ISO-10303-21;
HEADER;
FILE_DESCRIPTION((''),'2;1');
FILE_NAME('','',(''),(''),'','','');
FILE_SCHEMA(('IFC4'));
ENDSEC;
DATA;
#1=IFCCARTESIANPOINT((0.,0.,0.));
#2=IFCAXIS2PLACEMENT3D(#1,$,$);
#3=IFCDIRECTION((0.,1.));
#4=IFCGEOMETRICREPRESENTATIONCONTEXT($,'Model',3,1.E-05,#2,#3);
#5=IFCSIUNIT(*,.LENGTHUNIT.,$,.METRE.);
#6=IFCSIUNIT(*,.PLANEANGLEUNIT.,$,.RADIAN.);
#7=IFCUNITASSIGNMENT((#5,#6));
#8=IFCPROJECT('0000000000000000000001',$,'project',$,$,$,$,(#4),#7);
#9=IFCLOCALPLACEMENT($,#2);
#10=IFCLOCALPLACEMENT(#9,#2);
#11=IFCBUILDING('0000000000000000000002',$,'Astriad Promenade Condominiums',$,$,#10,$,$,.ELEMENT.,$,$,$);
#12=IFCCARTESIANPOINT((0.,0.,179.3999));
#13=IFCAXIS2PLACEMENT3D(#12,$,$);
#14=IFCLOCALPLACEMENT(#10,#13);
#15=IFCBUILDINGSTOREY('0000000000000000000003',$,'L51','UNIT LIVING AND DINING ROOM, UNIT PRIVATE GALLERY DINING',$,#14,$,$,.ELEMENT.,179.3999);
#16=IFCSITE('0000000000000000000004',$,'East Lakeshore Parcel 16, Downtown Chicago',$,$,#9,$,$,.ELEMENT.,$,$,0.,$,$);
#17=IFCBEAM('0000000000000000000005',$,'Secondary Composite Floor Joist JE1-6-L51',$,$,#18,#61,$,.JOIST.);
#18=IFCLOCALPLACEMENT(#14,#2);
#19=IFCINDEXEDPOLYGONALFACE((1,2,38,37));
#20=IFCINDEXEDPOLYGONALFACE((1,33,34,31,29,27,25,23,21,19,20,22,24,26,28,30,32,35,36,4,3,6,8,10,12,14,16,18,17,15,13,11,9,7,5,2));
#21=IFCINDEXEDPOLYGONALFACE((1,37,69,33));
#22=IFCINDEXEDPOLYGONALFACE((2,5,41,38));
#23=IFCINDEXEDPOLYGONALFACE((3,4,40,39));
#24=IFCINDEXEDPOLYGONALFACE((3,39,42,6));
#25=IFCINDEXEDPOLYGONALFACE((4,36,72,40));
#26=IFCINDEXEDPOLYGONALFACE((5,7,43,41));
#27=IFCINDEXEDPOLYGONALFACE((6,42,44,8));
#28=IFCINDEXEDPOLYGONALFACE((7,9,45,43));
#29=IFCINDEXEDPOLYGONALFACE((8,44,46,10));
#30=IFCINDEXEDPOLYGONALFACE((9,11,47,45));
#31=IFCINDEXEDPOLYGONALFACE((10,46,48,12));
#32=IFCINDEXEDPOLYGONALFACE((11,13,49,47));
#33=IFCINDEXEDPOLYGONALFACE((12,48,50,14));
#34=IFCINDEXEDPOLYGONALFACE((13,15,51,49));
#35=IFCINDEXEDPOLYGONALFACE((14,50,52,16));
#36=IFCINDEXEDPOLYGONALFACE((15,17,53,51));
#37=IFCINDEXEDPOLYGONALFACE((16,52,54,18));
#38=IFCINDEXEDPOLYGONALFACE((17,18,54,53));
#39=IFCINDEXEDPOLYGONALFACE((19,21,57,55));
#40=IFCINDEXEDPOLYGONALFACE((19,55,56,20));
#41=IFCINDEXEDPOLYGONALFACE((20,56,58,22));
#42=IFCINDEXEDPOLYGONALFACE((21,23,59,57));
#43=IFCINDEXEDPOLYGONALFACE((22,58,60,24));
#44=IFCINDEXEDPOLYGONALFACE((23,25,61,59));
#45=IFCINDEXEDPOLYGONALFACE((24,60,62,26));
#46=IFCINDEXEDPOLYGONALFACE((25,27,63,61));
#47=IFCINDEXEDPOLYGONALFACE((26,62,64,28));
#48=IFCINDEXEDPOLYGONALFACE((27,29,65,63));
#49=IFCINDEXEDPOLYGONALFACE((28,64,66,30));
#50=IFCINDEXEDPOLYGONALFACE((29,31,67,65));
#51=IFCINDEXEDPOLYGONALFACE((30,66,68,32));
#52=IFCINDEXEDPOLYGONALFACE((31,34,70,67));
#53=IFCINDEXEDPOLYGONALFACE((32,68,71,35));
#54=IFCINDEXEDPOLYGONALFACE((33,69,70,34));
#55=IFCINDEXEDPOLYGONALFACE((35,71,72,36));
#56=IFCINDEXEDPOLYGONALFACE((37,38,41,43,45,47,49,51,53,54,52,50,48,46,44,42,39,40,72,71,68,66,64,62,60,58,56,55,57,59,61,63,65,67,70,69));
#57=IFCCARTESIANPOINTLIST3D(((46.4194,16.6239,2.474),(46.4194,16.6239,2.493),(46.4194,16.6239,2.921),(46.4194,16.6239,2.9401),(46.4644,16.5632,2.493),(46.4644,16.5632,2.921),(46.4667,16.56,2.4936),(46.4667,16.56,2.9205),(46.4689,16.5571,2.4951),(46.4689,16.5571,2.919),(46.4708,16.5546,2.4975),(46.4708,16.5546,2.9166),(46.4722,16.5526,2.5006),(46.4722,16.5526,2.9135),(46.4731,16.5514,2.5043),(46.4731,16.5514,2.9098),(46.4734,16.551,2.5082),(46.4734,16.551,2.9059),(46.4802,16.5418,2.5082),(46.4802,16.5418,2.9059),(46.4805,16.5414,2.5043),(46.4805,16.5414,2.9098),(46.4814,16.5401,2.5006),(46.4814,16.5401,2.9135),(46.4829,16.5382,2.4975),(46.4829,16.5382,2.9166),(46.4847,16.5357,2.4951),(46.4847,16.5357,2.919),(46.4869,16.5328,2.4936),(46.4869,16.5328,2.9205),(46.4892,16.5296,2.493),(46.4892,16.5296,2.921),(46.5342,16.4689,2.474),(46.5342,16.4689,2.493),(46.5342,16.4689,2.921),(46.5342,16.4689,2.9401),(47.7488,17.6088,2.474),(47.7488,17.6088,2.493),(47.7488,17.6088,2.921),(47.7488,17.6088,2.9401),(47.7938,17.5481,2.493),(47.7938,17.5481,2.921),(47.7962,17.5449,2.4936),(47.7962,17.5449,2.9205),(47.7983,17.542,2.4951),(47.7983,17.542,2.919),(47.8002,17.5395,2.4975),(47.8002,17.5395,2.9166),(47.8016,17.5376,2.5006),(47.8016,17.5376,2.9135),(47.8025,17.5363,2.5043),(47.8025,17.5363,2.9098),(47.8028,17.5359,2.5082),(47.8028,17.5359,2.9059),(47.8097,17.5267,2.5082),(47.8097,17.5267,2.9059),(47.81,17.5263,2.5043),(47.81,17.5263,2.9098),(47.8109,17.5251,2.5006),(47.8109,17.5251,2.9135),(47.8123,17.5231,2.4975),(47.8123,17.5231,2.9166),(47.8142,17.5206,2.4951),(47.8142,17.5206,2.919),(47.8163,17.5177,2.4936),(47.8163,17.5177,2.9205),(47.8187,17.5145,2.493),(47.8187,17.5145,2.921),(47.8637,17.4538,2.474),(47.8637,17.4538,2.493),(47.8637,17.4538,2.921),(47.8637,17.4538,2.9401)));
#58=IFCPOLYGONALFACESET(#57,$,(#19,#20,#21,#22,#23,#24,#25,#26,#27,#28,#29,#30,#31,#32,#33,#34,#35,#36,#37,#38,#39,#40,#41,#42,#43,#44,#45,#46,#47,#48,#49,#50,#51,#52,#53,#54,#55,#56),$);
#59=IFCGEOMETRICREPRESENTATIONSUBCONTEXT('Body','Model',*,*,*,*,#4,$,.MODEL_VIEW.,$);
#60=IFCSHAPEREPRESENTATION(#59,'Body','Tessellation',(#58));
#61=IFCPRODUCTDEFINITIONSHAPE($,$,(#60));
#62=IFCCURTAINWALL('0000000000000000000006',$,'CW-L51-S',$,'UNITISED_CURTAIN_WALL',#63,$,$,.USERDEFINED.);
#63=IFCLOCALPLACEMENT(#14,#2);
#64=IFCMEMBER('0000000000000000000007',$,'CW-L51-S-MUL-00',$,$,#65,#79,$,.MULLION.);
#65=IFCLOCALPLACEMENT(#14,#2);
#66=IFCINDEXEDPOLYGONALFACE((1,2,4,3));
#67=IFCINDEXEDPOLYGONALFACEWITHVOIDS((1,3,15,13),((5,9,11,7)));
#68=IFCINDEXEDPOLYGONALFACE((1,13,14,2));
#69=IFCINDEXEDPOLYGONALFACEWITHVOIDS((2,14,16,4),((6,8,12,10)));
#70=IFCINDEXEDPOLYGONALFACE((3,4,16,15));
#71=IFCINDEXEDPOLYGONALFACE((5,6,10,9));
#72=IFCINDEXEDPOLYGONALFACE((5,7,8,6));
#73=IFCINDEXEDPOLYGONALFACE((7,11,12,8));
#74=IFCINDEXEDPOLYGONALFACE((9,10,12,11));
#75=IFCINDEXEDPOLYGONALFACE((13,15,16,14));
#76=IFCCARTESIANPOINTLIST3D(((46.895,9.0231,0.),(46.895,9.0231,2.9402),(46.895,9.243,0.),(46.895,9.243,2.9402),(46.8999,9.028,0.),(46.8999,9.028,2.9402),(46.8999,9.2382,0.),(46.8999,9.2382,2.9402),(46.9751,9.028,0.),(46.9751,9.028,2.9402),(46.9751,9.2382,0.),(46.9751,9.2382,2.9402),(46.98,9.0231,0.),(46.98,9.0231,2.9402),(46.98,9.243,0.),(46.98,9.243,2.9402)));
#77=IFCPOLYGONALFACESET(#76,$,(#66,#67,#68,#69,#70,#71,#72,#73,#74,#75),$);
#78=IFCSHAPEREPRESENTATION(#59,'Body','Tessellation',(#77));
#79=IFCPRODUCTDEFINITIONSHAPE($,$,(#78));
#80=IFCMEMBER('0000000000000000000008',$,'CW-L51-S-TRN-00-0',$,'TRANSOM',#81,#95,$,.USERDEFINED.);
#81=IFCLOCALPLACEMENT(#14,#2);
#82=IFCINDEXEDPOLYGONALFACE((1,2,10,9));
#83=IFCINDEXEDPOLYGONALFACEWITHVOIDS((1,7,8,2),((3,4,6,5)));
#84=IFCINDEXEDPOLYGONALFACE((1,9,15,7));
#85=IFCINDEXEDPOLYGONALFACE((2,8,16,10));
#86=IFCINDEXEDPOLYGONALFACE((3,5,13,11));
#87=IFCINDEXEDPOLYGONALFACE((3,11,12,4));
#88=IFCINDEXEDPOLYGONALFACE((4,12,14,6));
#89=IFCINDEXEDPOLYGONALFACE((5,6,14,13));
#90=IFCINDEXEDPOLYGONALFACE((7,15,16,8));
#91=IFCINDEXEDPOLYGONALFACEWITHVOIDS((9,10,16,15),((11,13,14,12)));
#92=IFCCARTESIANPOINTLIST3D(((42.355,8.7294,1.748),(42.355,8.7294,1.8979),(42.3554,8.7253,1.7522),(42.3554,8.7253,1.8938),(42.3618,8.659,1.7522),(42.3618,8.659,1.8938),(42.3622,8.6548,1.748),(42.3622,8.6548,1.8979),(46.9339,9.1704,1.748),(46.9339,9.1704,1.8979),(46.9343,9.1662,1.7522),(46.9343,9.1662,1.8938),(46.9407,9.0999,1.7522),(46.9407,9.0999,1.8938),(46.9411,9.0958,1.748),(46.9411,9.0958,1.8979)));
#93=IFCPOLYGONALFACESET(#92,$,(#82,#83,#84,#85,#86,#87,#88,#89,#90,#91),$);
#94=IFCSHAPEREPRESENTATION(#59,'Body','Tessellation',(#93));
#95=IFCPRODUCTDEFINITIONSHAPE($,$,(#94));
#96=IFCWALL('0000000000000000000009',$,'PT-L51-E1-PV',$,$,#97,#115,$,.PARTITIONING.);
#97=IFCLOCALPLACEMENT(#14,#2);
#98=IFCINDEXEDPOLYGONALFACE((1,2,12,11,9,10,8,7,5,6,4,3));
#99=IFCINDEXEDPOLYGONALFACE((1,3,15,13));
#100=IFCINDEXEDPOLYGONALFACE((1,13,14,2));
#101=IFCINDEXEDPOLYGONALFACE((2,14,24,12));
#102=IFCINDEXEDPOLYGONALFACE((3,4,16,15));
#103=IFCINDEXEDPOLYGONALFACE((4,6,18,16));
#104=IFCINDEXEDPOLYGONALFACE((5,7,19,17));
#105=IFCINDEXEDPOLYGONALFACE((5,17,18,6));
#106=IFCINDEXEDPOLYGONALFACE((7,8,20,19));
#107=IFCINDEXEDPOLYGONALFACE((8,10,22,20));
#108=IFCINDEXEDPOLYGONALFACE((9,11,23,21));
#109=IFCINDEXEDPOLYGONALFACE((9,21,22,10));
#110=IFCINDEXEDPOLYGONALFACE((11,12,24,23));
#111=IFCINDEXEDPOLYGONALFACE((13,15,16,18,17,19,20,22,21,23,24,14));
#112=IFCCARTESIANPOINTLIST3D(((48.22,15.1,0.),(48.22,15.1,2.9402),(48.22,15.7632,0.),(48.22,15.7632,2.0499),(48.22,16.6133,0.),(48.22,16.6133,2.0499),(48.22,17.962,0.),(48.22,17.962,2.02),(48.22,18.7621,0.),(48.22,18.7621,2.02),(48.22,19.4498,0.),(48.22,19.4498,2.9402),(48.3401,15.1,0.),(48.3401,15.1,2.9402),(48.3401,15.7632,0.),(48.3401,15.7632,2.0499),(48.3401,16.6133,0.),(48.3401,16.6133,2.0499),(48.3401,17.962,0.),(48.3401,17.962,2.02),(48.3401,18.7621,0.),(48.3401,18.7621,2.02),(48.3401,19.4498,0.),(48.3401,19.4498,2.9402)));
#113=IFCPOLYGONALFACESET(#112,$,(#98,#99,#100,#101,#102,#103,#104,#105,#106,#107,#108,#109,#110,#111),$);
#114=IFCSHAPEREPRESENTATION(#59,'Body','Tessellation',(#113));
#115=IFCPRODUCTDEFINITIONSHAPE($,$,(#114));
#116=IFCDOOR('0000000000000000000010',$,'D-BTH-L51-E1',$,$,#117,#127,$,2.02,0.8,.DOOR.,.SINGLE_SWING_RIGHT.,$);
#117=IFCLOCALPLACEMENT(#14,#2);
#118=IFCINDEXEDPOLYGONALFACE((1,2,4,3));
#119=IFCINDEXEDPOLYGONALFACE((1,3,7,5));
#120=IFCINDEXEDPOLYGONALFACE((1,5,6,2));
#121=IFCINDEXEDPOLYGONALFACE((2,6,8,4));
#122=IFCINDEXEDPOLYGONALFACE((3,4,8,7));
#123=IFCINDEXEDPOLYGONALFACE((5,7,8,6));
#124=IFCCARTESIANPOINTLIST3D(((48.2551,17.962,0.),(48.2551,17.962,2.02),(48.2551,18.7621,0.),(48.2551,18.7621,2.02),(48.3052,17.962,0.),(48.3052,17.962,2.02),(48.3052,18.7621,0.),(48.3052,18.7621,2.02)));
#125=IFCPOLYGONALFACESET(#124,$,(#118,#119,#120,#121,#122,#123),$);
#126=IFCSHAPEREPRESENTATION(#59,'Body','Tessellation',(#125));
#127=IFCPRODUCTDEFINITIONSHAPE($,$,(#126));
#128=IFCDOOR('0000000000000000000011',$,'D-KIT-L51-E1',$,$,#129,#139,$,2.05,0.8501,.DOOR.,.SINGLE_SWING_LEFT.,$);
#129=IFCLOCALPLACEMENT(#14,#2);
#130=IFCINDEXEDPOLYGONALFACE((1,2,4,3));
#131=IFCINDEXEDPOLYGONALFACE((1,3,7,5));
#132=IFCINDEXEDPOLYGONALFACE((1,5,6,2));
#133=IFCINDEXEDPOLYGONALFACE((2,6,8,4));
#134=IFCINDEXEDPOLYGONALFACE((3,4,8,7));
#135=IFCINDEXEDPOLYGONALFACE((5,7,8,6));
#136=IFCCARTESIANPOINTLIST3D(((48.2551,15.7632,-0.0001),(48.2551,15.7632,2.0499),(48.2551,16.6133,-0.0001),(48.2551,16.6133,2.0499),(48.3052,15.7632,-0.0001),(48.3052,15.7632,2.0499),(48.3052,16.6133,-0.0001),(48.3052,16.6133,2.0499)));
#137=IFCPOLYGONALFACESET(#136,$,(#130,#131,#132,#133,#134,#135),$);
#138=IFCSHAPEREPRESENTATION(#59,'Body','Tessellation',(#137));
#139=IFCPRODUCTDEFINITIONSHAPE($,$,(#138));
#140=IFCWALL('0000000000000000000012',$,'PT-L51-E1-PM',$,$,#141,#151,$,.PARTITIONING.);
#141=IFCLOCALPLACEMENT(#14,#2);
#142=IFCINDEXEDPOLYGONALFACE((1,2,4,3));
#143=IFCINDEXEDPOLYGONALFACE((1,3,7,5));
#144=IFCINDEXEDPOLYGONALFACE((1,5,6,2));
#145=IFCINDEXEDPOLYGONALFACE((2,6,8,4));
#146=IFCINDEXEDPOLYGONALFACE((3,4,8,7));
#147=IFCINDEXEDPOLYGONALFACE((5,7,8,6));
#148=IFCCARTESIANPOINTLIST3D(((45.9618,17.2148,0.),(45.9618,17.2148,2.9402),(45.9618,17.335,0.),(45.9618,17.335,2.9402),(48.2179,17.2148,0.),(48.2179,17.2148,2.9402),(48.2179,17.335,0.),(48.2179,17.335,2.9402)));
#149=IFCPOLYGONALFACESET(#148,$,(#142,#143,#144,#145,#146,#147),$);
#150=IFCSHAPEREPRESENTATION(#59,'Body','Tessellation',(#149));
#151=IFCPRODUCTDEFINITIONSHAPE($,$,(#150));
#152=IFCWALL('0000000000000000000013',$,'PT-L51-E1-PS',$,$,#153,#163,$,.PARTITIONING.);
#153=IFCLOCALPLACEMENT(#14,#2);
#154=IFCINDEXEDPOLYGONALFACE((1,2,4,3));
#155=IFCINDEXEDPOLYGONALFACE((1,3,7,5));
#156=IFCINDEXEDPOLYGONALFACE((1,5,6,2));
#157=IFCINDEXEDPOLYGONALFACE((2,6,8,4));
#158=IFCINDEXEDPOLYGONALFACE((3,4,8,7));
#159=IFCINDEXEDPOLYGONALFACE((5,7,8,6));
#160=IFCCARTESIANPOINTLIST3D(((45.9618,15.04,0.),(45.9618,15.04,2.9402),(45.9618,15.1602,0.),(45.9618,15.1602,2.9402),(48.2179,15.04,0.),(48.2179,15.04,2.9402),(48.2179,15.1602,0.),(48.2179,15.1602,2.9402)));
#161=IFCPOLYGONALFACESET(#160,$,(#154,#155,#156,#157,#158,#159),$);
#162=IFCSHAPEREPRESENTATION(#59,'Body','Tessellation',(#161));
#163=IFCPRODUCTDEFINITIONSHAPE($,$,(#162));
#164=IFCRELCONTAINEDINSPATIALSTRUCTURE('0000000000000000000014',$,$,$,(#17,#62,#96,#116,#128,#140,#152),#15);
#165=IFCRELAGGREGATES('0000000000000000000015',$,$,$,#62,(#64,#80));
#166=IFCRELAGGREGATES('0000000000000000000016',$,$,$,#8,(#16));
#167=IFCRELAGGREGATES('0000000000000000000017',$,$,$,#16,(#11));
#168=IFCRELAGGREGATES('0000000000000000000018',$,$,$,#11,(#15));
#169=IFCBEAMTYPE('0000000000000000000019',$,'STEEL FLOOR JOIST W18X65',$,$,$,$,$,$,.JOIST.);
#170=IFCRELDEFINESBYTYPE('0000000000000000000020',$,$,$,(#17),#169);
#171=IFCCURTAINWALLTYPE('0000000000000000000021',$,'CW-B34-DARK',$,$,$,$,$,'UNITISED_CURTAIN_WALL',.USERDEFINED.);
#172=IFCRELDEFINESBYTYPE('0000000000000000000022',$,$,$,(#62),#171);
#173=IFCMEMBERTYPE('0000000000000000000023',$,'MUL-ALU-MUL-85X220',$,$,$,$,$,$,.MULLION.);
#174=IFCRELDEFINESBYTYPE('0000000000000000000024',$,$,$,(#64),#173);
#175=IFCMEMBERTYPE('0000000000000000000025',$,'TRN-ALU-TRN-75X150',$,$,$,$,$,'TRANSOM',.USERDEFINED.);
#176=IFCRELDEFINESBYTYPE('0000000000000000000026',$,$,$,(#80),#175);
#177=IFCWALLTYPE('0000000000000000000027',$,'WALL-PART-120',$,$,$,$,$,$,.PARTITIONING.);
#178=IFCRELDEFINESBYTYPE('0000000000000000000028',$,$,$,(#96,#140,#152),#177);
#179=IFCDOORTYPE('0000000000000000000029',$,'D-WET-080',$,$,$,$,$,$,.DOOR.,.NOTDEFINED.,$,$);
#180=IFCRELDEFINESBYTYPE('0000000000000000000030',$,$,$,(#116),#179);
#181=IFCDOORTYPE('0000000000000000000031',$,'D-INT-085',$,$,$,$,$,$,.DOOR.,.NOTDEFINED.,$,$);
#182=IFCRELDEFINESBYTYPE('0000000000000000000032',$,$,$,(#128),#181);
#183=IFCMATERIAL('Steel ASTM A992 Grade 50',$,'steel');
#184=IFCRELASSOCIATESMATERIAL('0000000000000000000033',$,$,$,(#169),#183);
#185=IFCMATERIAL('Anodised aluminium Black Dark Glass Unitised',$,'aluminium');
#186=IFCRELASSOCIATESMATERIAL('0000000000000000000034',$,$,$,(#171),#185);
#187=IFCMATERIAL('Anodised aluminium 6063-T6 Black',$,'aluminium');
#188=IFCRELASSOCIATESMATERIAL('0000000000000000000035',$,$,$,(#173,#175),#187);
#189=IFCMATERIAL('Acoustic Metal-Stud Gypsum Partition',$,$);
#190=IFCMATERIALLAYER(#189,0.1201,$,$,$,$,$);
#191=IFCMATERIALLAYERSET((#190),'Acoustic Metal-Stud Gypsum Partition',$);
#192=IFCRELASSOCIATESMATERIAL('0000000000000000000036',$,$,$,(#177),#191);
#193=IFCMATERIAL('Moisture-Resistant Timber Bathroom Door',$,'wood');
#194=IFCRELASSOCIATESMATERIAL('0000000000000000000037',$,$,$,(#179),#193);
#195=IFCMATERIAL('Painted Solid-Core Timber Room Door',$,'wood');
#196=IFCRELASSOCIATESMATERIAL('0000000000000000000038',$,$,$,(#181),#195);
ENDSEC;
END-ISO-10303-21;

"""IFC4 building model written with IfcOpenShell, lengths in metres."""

from ifc_helpers import new_model, si_unit, direction, frame, frame_2d, origin, origin_2d, place, context, subcontext, project, spatial, rectangle, hollow_rectangle, i_section, extrude, source, transform, mapped, material, layer, layer_set, material_profile, profile_set, type_object, type_shapes, element, fill, aggregate, save


model = new_model("IFC4")

# Units and contexts
model_context = context("Model", 3, precision=1e-05, world=origin(), true_north=direction((0.0, 1.0)))
body_context = subcontext(model_context, "Body", "Model", "MODEL_VIEW")
ifc_project = project(units=[si_unit("LENGTHUNIT", "METRE"), si_unit("PLANEANGLEUNIT", "RADIAN")], contexts=[model_context])

# Site, building, storey
site_placement = place(None, origin())
site = spatial("IfcSite", under=ifc_project, at=site_placement, Name="East Lakeshore Parcel 16, Downtown Chicago", CompositionType="ELEMENT", RefElevation=0.0)
building_placement = place(site_placement, origin())
building = spatial("IfcBuilding", under=site, at=building_placement, Name="Astriad Promenade Condominiums", CompositionType="ELEMENT")
storey_placement = place(building_placement, frame((0.0, 0.0, 179.3999)))
storey = spatial("IfcBuildingStorey", under=building, at=storey_placement, Name="L51", Description="UNIT LIVING AND DINING ROOM, UNIT PRIVATE GALLERY DINING", CompositionType="ELEMENT", Elevation=179.3999)

# Beam
ifc_material_1 = material(Name="Steel ASTM A992 Grade 50", Category="steel")
ifc_material_profile_1 = material_profile(ifc_material_1, i_section(OverallWidth=0.1929, OverallDepth=0.4661, WebThickness=0.0115, FlangeThickness=0.019, FilletRadius=0.0151, at=origin_2d()), Name="W18X65")
ifc_profile_set_1 = profile_set([ifc_material_profile_1], Name="Steel ASTM A992 Grade 50")
beam_type_1 = type_object("IfcBeamType", Name="STEEL FLOOR JOIST W18X65", PredefinedType="JOIST", material=ifc_profile_set_1)
shared_shape_1 = source(origin(), body_context, "Body", "SweptSolid", [
    extrude(i_section(OverallWidth=0.1929, OverallDepth=0.4661, WebThickness=0.0115, FlangeThickness=0.019, FilletRadius=0.0151, at=origin_2d()), origin(), (0.0, 0.0, 1.0), 1.6545),
])
beam_1_placement = place(storey_placement, frame((46.4768, 16.5464, 2.707), z_axis=(0.80351, 0.595291, 0.0), x_axis=(-0.595291, 0.80351, 0.0)))
element("IfcBeam", 1, at=beam_1_placement, inside=storey, type_object=beam_type_1, Name="Secondary Composite Floor Joist JE1-6-L51", PredefinedType="JOIST", context=body_context, shape_type="MappedRepresentation", body=[
    mapped(shared_shape_1, transform((0.0, 0.0, 0.0), scale=1.0)),
])

# Curtain wall, members
ifc_material_2 = material(Name="Anodised aluminium Black Dark Glass Unitised", Category="aluminium")
curtain_wall_type = type_object("IfcCurtainWallType", Name="CW-B34-DARK", ElementType="UNITISED_CURTAIN_WALL", PredefinedType="USERDEFINED", material=ifc_material_2)
curtain_wall_placement = place(storey_placement, origin())
curtain_wall = element("IfcCurtainWall", 2, at=curtain_wall_placement, inside=storey, type_object=curtain_wall_type, Name="CW-L51-S", ObjectType="UNITISED_CURTAIN_WALL", PredefinedType="USERDEFINED")
ifc_material_3 = material(Name="Anodised aluminium 6063-T6 Black", Category="aluminium")
ifc_material_profile_2 = material_profile(ifc_material_3, hollow_rectangle(XDim=0.085, YDim=0.22, WallThickness=0.0049, at=origin_2d()), Name="ALU-MUL-85X220")
ifc_profile_set_2 = profile_set([ifc_material_profile_2], Name="Anodised aluminium 6063-T6 Black")
member_type_1 = type_object("IfcMemberType", Name="MUL-ALU-MUL-85X220", PredefinedType="MULLION", material=ifc_profile_set_2)
shared_shape_2 = source(origin(), body_context, "Body", "SweptSolid", [
    extrude(hollow_rectangle(XDim=0.085, YDim=0.22, WallThickness=0.0049, at=origin_2d()), origin(), (0.0, 0.0, 1.0), 2.9402),
])
type_shapes(member_type_1, [shared_shape_2])
member_1_placement = place(storey_placement, frame((46.9375, 9.1331, 0.0), z_axis=(0.0, 0.0, 1.0), x_axis=(1.0, 0.0, 0.0)))
member_1 = element("IfcMember", 3, at=member_1_placement, type_object=member_type_1, Name="CW-L51-S-MUL-00", PredefinedType="MULLION", context=body_context, shape_type="MappedRepresentation", body=[
    mapped(shared_shape_2, transform((0.0, 0.0, 0.0), scale=1.0)),
])
ifc_material_profile_3 = material_profile(ifc_material_3, hollow_rectangle(XDim=0.075, YDim=0.1499, WallThickness=0.0042, at=origin_2d()), Name="ALU-TRN-75X150")
ifc_profile_set_3 = profile_set([ifc_material_profile_3], Name="Anodised aluminium 6063-T6 Black")
member_type_2 = type_object("IfcMemberType", Name="TRN-ALU-TRN-75X150", ElementType="TRANSOM", PredefinedType="USERDEFINED", material=ifc_profile_set_3)
shared_shape_3 = source(origin(), body_context, "Body", "SweptSolid", [
    extrude(hollow_rectangle(XDim=0.075, YDim=0.1499, WallThickness=0.0042, at=origin_2d()), origin(), (0.0, 0.0, 1.0), 4.6001),
])
type_shapes(member_type_2, [shared_shape_3])
member_2_placement = place(storey_placement, frame((46.9375, 9.1331, 1.823), z_axis=(-0.995396, -0.095851, 0.0), x_axis=(0.095851, -0.995396, 0.0)))
member_2 = element("IfcMember", 4, at=member_2_placement, type_object=member_type_2, Name="CW-L51-S-TRN-00-0", ObjectType="TRANSOM", PredefinedType="USERDEFINED", context=body_context, shape_type="MappedRepresentation", body=[
    mapped(shared_shape_3, transform((0.0, 0.0, 0.0), scale=1.0)),
])
aggregate(curtain_wall, [member_1, member_2])

# Wall, openings, doors
ifc_material_4 = material(Name="Acoustic Metal-Stud Gypsum Partition")
ifc_layer = layer(ifc_material_4, 0.1201)
ifc_layer_set = layer_set([ifc_layer], Name="Acoustic Metal-Stud Gypsum Partition")
wall_type = type_object("IfcWallType", Name="WALL-PART-120", PredefinedType="PARTITIONING", material=ifc_layer_set)
wall_1_placement = place(storey_placement, frame((48.28, 15.1001, 0.0), z_axis=(0.0, 0.0, 1.0), x_axis=(0.0, 1.0, 0.0)))
wall_1 = element("IfcWall", 5, at=wall_1_placement, inside=storey, type_object=wall_type, Name="PT-L51-E1-PV", PredefinedType="PARTITIONING", context=body_context, shape_type="SweptSolid", body=[
    extrude(rectangle(XDim=4.3499, YDim=0.1201, at=frame_2d((2.1748, 0.0))), origin(), (0.0, 0.0, 1.0), 2.9402),
])
opening_1_placement = place(wall_1_placement, frame((0.6631, 0.0, 0.0)))
opening_1 = element("IfcOpeningElement", 6, at=opening_1_placement, cuts=wall_1, PredefinedType="OPENING", context=body_context, shape_type="SweptSolid", body=[
    extrude(rectangle(XDim=0.8501, YDim=2.05, at=frame_2d((0.425, 1.0249))), frame((0.0, 0.0701, 0.0), z_axis=(0.0, -1.0, 0.0), x_axis=(1.0, 0.0, 0.0)), (0.0, 0.0, 1.0), 0.1401),
])
opening_2_placement = place(wall_1_placement, frame((2.8621, 0.0, 0.0)))
opening_2 = element("IfcOpeningElement", 7, at=opening_2_placement, cuts=wall_1, PredefinedType="OPENING", context=body_context, shape_type="SweptSolid", body=[
    extrude(rectangle(XDim=0.8, YDim=2.02, at=frame_2d((0.3999, 1.01))), frame((0.0, 0.0701, 0.0), z_axis=(0.0, -1.0, 0.0), x_axis=(1.0, 0.0, 0.0)), (0.0, 0.0, 1.0), 0.1401),
])
ifc_material_5 = material(Name="Moisture-Resistant Timber Bathroom Door", Category="wood")
door_type_1 = type_object("IfcDoorType", Name="D-WET-080", OperationType="NOTDEFINED", PredefinedType="DOOR", material=ifc_material_5)
shared_shape_4 = source(origin(), body_context, "Body", "SweptSolid", [
    extrude(rectangle(XDim=0.8, YDim=2.02, at=frame_2d((0.3999, 1.01))), frame((0.0, 0.0249, 0.0), z_axis=(0.0, -1.0, 0.0), x_axis=(1.0, 0.0, 0.0)), (0.0, 0.0, 1.0), 0.05),
])
type_shapes(door_type_1, [shared_shape_4])
door_1_placement = place(opening_2_placement, origin())
door_1 = element("IfcDoor", 8, at=door_1_placement, inside=storey, type_object=door_type_1, Name="D-BTH-L51-E1", OperationType="SINGLE_SWING_RIGHT", OverallHeight=2.02, OverallWidth=0.8, PredefinedType="DOOR", context=body_context, shape_type="MappedRepresentation", body=[
    mapped(shared_shape_4, transform((0.0, 0.0, 0.0), scale=1.0)),
])
fill(opening_2, door_1)
ifc_material_6 = material(Name="Painted Solid-Core Timber Room Door", Category="wood")
door_type_2 = type_object("IfcDoorType", Name="D-INT-085", OperationType="NOTDEFINED", PredefinedType="DOOR", material=ifc_material_6)
shared_shape_5 = source(origin(), body_context, "Body", "SweptSolid", [
    extrude(rectangle(XDim=0.8501, YDim=2.05, at=frame_2d((0.425, 1.0249))), frame((0.0, 0.0249, 0.0), z_axis=(0.0, -1.0, 0.0), x_axis=(1.0, 0.0, 0.0)), (0.0, 0.0, 1.0), 0.05),
])
type_shapes(door_type_2, [shared_shape_5])
door_2_placement = place(opening_1_placement, origin())
door_2 = element("IfcDoor", 9, at=door_2_placement, inside=storey, type_object=door_type_2, Name="D-KIT-L51-E1", OperationType="SINGLE_SWING_LEFT", OverallHeight=2.05, OverallWidth=0.8501, PredefinedType="DOOR", context=body_context, shape_type="MappedRepresentation", body=[
    mapped(shared_shape_5, transform((0.0, 0.0, 0.0), scale=1.0)),
])
fill(opening_1, door_2)

# Walls
for number, where, z_axis, x_axis, name in (
    (10, (45.9619, 17.2749, 0.0), (0.0, 0.0, 1.0), (1.0, 0.0, 0.0), "PT-L51-E1-PM"),
    (11, (45.9619, 15.1001, 0.0), (0.0, 0.0, 1.0), (1.0, 0.0, 0.0), "PT-L51-E1-PS"),
):
    element("IfcWall", number, at=place(storey_placement, frame(where, z_axis=z_axis, x_axis=x_axis)), inside=storey, type_object=wall_type, Name=name, PredefinedType="PARTITIONING", context=body_context, shape_type="SweptSolid", body=[
        extrude(rectangle(XDim=2.2561, YDim=0.1201, at=frame_2d((1.1279, 0.0))), origin(), (0.0, 0.0, 1.0), 2.9402),
    ])

save(model, "model.ifc")
